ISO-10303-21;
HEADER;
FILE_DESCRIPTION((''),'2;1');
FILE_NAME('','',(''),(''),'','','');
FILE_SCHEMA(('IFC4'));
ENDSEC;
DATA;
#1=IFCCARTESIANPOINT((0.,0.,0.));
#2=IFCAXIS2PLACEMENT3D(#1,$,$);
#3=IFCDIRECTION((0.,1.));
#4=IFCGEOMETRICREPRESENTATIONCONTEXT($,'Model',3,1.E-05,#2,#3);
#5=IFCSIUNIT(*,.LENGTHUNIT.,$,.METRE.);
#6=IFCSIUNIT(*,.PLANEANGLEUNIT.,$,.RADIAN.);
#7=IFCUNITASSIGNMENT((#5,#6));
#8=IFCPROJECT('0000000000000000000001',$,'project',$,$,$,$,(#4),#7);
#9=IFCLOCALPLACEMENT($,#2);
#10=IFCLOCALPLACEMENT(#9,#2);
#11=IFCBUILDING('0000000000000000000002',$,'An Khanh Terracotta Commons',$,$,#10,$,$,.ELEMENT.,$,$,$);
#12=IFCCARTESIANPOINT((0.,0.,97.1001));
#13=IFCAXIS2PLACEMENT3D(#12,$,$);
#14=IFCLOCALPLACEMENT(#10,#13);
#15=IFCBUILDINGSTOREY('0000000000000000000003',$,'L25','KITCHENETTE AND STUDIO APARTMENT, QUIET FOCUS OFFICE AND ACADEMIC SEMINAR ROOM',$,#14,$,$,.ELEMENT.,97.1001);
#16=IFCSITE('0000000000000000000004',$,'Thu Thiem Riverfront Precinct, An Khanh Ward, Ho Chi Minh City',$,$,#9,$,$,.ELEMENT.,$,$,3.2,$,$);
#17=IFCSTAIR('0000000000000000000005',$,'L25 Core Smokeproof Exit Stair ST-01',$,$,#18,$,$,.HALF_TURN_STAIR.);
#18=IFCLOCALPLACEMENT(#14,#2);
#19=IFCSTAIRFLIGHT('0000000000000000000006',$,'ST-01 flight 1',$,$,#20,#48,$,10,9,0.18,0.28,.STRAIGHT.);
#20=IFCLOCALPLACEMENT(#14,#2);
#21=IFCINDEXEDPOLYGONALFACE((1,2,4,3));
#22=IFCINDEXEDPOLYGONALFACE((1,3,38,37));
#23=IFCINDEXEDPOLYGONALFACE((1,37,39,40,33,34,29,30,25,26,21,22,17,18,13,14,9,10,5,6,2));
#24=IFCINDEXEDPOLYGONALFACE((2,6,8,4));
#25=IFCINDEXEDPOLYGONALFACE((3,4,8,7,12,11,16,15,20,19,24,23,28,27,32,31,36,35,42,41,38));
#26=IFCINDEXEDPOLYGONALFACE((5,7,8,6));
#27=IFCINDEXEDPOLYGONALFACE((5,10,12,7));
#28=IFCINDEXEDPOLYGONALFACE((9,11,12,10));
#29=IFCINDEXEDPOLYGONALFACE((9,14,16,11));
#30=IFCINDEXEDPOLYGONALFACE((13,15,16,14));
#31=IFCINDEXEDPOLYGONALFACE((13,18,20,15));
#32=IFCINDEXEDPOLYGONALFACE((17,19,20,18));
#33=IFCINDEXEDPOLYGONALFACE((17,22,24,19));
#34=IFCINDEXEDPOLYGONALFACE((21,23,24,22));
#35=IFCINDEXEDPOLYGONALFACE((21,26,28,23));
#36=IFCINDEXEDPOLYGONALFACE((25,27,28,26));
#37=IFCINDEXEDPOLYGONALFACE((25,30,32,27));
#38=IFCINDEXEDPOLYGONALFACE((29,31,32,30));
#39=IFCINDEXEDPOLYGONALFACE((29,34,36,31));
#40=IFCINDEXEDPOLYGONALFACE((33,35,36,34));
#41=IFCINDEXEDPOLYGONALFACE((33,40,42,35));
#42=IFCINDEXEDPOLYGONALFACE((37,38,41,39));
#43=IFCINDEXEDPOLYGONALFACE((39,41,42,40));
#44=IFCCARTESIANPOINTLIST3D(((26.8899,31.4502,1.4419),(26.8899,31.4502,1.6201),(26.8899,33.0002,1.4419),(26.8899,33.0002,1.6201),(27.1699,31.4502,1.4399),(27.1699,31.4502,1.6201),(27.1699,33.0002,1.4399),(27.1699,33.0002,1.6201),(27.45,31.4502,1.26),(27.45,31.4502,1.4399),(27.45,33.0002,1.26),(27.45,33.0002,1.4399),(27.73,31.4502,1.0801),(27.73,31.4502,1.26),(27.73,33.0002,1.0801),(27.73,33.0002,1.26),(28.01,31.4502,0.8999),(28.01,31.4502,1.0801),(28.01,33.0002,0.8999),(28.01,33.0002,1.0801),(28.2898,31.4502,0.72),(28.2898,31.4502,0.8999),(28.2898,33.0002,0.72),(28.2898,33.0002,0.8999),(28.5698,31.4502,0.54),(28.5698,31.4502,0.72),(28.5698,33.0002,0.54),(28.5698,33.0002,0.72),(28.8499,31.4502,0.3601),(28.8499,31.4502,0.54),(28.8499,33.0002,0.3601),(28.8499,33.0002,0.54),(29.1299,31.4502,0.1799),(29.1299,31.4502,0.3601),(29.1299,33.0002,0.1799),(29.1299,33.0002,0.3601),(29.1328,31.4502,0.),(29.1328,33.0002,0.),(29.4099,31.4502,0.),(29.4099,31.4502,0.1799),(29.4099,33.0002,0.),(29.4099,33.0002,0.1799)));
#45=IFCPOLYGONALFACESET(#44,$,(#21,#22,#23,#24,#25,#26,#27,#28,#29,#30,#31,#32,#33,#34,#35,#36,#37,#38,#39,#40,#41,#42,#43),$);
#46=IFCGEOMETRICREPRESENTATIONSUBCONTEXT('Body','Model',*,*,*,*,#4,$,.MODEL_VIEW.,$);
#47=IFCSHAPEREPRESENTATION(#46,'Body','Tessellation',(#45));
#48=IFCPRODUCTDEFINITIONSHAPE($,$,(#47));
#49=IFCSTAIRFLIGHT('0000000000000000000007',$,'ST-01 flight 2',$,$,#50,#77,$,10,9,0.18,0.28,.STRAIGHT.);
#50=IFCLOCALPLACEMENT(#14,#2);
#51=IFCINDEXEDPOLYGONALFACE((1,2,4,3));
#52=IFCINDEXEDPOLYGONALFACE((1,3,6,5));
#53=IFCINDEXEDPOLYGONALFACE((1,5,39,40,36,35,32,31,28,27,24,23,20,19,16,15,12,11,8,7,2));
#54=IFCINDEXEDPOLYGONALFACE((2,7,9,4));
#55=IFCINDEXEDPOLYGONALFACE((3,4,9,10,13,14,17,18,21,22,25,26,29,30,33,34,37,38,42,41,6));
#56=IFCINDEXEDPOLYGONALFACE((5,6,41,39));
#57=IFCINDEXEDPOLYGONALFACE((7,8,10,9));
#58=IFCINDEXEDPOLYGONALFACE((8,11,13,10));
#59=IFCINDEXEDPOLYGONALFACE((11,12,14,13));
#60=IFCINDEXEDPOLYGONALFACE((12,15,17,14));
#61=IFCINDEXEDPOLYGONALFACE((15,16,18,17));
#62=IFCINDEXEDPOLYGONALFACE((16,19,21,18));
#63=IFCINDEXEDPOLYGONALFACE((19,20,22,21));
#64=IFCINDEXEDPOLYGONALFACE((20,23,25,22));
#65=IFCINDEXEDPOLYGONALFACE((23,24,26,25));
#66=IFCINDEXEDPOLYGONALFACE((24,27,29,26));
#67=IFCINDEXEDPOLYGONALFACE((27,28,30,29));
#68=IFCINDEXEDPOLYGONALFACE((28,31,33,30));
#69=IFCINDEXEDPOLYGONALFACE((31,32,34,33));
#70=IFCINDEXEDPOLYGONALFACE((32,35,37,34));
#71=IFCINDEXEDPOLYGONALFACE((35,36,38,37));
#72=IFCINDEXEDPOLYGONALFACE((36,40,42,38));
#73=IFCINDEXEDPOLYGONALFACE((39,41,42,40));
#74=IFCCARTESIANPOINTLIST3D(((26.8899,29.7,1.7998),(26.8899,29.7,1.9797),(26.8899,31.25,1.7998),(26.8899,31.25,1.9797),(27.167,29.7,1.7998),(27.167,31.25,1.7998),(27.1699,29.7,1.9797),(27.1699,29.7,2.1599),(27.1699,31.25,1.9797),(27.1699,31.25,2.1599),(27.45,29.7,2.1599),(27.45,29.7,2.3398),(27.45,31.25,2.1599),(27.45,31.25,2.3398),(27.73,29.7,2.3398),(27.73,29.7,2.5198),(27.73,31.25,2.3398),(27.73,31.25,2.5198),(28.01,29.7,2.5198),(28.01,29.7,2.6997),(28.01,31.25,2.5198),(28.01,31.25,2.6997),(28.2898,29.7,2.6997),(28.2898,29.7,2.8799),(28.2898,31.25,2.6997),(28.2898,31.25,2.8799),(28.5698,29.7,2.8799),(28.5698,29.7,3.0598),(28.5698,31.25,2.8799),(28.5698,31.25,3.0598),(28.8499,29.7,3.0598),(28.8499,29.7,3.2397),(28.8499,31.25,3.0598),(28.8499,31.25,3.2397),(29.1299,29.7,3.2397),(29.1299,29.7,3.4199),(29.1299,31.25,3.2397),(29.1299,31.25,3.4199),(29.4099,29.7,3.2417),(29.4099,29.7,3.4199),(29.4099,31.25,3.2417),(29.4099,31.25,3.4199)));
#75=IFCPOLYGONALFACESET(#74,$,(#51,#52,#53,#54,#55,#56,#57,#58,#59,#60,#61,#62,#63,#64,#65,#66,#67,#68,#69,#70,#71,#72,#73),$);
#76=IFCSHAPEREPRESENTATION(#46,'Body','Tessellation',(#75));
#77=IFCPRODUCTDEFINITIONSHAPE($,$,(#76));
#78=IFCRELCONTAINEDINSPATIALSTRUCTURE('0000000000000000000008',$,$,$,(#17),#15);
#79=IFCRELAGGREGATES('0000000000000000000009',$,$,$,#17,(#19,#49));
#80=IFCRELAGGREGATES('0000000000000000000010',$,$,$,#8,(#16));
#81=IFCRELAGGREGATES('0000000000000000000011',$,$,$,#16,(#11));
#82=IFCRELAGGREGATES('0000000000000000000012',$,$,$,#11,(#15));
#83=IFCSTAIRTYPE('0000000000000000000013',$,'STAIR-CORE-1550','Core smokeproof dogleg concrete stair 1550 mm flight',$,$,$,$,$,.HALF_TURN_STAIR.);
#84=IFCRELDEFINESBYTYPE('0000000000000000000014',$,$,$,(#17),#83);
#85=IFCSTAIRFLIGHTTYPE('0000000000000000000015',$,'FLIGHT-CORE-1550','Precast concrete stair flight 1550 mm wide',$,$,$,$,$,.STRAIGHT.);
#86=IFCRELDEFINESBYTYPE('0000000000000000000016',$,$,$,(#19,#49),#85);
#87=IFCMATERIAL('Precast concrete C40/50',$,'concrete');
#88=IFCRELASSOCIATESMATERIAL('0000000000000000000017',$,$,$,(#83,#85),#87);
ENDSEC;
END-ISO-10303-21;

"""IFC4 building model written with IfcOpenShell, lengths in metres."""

from ifc_helpers import new_model, si_unit, direction, frame, origin, place, context, subcontext, project, spatial, polyline, outline, extrude, material, type_object, element, aggregate, save


model = new_model("IFC4")

# Units and contexts
model_context = context("Model", 3, precision=1e-05, world=origin(), true_north=direction((0.0, 1.0)))
body_context = subcontext(model_context, "Body", "Model", "MODEL_VIEW")
ifc_project = project(units=[si_unit("LENGTHUNIT", "METRE"), si_unit("PLANEANGLEUNIT", "RADIAN")], contexts=[model_context])

# Site, building, storey
site_placement = place(None, origin())
site = spatial("IfcSite", under=ifc_project, at=site_placement, Name="Thu Thiem Riverfront Precinct, An Khanh Ward, Ho Chi Minh City", CompositionType="ELEMENT", RefElevation=3.2)
building_placement = place(site_placement, origin())
building = spatial("IfcBuilding", under=site, at=building_placement, Name="An Khanh Terracotta Commons", CompositionType="ELEMENT")
storey_placement = place(building_placement, frame((0.0, 0.0, 97.1001)))
storey = spatial("IfcBuildingStorey", under=building, at=storey_placement, Name="L25", Description="KITCHENETTE AND STUDIO APARTMENT, QUIET FOCUS OFFICE AND ACADEMIC SEMINAR ROOM", CompositionType="ELEMENT", Elevation=97.1001)

# Stair, stair flights
ifc_material_1 = material(Name="Precast concrete C40/50", Category="concrete")
stair_type = type_object("IfcStairType", Name="STAIR-CORE-1550", Description="Core smokeproof dogleg concrete stair 1550 mm flight", PredefinedType="HALF_TURN_STAIR", material=ifc_material_1)
stair_placement = place(storey_placement, origin())
stair = element("IfcStair", 1, at=stair_placement, inside=storey, type_object=stair_type, Name="L25 Core Smokeproof Exit Stair ST-01", PredefinedType="HALF_TURN_STAIR")
stair_flight_type = type_object("IfcStairFlightType", Name="FLIGHT-CORE-1550", Description="Precast concrete stair flight 1550 mm wide", PredefinedType="STRAIGHT", material=ifc_material_1)
stair_flight_1_placement = place(storey_placement, frame((29.4099, 32.2251, 0.0), z_axis=(0.0, 0.0, 1.0), x_axis=(-1.0, 0.0, 0.0)))
stair_flight_1 = element("IfcStairFlight", 2, at=stair_flight_1_placement, type_object=stair_flight_type, Name="ST-01 flight 1", NumberOfRisers=10, NumberOfTreads=9, PredefinedType="STRAIGHT", RiserHeight=0.18, TreadLength=0.28, context=body_context, shape_type="SweptSolid", body=[
    extrude(outline(polyline([(0.0, 0.0), (0.0, 0.1799), (0.28, 0.1799), (0.28, 0.3601), (0.5601, 0.3601), (0.5601, 0.54), (0.8401, 0.54), (0.8401, 0.72), (1.1201, 0.72), (1.1201, 0.8999), (1.3999, 0.8999), (1.3999, 1.0801), (1.6799, 1.0801), (1.6799, 1.26), (1.96, 1.26), (1.96, 1.4399), (2.24, 1.4399), (2.24, 1.6201), (2.52, 1.6201), (2.52, 1.8), (2.52, 1.4419), (0.2771, 0.0), (0.0, 0.0)])), frame((0.0, 0.7749, 0.0), z_axis=(0.0, -1.0, 0.0), x_axis=(1.0, 0.0, 0.0)), (0.0, 0.0, 1.0), 1.55),
])
stair_flight_2_placement = place(storey_placement, frame((26.8899, 30.4751, 1.7998), z_axis=(0.0, 0.0, 1.0), x_axis=(1.0, 0.0, 0.0)))
stair_flight_2 = element("IfcStairFlight", 3, at=stair_flight_2_placement, type_object=stair_flight_type, Name="ST-01 flight 2", NumberOfRisers=10, NumberOfTreads=9, PredefinedType="STRAIGHT", RiserHeight=0.18, TreadLength=0.28, context=body_context, shape_type="SweptSolid", body=[
    extrude(outline(polyline([(0.0, 0.0), (0.0, 0.1799), (0.28, 0.1799), (0.28, 0.3601), (0.5601, 0.3601), (0.5601, 0.54), (0.8401, 0.54), (0.8401, 0.72), (1.1201, 0.72), (1.1201, 0.8999), (1.3999, 0.8999), (1.3999, 1.0801), (1.6799, 1.0801), (1.6799, 1.26), (1.96, 1.26), (1.96, 1.4399), (2.24, 1.4399), (2.24, 1.6201), (2.52, 1.6201), (2.52, 1.8), (2.52, 1.4419), (0.2771, 0.0), (0.0, 0.0)])), frame((0.0, 0.7749, 0.0), z_axis=(0.0, -1.0, 0.0), x_axis=(1.0, 0.0, 0.0)), (0.0, 0.0, 1.0), 1.55),
])
aggregate(stair, [stair_flight_1, stair_flight_2])

save(model, "model.ifc")
